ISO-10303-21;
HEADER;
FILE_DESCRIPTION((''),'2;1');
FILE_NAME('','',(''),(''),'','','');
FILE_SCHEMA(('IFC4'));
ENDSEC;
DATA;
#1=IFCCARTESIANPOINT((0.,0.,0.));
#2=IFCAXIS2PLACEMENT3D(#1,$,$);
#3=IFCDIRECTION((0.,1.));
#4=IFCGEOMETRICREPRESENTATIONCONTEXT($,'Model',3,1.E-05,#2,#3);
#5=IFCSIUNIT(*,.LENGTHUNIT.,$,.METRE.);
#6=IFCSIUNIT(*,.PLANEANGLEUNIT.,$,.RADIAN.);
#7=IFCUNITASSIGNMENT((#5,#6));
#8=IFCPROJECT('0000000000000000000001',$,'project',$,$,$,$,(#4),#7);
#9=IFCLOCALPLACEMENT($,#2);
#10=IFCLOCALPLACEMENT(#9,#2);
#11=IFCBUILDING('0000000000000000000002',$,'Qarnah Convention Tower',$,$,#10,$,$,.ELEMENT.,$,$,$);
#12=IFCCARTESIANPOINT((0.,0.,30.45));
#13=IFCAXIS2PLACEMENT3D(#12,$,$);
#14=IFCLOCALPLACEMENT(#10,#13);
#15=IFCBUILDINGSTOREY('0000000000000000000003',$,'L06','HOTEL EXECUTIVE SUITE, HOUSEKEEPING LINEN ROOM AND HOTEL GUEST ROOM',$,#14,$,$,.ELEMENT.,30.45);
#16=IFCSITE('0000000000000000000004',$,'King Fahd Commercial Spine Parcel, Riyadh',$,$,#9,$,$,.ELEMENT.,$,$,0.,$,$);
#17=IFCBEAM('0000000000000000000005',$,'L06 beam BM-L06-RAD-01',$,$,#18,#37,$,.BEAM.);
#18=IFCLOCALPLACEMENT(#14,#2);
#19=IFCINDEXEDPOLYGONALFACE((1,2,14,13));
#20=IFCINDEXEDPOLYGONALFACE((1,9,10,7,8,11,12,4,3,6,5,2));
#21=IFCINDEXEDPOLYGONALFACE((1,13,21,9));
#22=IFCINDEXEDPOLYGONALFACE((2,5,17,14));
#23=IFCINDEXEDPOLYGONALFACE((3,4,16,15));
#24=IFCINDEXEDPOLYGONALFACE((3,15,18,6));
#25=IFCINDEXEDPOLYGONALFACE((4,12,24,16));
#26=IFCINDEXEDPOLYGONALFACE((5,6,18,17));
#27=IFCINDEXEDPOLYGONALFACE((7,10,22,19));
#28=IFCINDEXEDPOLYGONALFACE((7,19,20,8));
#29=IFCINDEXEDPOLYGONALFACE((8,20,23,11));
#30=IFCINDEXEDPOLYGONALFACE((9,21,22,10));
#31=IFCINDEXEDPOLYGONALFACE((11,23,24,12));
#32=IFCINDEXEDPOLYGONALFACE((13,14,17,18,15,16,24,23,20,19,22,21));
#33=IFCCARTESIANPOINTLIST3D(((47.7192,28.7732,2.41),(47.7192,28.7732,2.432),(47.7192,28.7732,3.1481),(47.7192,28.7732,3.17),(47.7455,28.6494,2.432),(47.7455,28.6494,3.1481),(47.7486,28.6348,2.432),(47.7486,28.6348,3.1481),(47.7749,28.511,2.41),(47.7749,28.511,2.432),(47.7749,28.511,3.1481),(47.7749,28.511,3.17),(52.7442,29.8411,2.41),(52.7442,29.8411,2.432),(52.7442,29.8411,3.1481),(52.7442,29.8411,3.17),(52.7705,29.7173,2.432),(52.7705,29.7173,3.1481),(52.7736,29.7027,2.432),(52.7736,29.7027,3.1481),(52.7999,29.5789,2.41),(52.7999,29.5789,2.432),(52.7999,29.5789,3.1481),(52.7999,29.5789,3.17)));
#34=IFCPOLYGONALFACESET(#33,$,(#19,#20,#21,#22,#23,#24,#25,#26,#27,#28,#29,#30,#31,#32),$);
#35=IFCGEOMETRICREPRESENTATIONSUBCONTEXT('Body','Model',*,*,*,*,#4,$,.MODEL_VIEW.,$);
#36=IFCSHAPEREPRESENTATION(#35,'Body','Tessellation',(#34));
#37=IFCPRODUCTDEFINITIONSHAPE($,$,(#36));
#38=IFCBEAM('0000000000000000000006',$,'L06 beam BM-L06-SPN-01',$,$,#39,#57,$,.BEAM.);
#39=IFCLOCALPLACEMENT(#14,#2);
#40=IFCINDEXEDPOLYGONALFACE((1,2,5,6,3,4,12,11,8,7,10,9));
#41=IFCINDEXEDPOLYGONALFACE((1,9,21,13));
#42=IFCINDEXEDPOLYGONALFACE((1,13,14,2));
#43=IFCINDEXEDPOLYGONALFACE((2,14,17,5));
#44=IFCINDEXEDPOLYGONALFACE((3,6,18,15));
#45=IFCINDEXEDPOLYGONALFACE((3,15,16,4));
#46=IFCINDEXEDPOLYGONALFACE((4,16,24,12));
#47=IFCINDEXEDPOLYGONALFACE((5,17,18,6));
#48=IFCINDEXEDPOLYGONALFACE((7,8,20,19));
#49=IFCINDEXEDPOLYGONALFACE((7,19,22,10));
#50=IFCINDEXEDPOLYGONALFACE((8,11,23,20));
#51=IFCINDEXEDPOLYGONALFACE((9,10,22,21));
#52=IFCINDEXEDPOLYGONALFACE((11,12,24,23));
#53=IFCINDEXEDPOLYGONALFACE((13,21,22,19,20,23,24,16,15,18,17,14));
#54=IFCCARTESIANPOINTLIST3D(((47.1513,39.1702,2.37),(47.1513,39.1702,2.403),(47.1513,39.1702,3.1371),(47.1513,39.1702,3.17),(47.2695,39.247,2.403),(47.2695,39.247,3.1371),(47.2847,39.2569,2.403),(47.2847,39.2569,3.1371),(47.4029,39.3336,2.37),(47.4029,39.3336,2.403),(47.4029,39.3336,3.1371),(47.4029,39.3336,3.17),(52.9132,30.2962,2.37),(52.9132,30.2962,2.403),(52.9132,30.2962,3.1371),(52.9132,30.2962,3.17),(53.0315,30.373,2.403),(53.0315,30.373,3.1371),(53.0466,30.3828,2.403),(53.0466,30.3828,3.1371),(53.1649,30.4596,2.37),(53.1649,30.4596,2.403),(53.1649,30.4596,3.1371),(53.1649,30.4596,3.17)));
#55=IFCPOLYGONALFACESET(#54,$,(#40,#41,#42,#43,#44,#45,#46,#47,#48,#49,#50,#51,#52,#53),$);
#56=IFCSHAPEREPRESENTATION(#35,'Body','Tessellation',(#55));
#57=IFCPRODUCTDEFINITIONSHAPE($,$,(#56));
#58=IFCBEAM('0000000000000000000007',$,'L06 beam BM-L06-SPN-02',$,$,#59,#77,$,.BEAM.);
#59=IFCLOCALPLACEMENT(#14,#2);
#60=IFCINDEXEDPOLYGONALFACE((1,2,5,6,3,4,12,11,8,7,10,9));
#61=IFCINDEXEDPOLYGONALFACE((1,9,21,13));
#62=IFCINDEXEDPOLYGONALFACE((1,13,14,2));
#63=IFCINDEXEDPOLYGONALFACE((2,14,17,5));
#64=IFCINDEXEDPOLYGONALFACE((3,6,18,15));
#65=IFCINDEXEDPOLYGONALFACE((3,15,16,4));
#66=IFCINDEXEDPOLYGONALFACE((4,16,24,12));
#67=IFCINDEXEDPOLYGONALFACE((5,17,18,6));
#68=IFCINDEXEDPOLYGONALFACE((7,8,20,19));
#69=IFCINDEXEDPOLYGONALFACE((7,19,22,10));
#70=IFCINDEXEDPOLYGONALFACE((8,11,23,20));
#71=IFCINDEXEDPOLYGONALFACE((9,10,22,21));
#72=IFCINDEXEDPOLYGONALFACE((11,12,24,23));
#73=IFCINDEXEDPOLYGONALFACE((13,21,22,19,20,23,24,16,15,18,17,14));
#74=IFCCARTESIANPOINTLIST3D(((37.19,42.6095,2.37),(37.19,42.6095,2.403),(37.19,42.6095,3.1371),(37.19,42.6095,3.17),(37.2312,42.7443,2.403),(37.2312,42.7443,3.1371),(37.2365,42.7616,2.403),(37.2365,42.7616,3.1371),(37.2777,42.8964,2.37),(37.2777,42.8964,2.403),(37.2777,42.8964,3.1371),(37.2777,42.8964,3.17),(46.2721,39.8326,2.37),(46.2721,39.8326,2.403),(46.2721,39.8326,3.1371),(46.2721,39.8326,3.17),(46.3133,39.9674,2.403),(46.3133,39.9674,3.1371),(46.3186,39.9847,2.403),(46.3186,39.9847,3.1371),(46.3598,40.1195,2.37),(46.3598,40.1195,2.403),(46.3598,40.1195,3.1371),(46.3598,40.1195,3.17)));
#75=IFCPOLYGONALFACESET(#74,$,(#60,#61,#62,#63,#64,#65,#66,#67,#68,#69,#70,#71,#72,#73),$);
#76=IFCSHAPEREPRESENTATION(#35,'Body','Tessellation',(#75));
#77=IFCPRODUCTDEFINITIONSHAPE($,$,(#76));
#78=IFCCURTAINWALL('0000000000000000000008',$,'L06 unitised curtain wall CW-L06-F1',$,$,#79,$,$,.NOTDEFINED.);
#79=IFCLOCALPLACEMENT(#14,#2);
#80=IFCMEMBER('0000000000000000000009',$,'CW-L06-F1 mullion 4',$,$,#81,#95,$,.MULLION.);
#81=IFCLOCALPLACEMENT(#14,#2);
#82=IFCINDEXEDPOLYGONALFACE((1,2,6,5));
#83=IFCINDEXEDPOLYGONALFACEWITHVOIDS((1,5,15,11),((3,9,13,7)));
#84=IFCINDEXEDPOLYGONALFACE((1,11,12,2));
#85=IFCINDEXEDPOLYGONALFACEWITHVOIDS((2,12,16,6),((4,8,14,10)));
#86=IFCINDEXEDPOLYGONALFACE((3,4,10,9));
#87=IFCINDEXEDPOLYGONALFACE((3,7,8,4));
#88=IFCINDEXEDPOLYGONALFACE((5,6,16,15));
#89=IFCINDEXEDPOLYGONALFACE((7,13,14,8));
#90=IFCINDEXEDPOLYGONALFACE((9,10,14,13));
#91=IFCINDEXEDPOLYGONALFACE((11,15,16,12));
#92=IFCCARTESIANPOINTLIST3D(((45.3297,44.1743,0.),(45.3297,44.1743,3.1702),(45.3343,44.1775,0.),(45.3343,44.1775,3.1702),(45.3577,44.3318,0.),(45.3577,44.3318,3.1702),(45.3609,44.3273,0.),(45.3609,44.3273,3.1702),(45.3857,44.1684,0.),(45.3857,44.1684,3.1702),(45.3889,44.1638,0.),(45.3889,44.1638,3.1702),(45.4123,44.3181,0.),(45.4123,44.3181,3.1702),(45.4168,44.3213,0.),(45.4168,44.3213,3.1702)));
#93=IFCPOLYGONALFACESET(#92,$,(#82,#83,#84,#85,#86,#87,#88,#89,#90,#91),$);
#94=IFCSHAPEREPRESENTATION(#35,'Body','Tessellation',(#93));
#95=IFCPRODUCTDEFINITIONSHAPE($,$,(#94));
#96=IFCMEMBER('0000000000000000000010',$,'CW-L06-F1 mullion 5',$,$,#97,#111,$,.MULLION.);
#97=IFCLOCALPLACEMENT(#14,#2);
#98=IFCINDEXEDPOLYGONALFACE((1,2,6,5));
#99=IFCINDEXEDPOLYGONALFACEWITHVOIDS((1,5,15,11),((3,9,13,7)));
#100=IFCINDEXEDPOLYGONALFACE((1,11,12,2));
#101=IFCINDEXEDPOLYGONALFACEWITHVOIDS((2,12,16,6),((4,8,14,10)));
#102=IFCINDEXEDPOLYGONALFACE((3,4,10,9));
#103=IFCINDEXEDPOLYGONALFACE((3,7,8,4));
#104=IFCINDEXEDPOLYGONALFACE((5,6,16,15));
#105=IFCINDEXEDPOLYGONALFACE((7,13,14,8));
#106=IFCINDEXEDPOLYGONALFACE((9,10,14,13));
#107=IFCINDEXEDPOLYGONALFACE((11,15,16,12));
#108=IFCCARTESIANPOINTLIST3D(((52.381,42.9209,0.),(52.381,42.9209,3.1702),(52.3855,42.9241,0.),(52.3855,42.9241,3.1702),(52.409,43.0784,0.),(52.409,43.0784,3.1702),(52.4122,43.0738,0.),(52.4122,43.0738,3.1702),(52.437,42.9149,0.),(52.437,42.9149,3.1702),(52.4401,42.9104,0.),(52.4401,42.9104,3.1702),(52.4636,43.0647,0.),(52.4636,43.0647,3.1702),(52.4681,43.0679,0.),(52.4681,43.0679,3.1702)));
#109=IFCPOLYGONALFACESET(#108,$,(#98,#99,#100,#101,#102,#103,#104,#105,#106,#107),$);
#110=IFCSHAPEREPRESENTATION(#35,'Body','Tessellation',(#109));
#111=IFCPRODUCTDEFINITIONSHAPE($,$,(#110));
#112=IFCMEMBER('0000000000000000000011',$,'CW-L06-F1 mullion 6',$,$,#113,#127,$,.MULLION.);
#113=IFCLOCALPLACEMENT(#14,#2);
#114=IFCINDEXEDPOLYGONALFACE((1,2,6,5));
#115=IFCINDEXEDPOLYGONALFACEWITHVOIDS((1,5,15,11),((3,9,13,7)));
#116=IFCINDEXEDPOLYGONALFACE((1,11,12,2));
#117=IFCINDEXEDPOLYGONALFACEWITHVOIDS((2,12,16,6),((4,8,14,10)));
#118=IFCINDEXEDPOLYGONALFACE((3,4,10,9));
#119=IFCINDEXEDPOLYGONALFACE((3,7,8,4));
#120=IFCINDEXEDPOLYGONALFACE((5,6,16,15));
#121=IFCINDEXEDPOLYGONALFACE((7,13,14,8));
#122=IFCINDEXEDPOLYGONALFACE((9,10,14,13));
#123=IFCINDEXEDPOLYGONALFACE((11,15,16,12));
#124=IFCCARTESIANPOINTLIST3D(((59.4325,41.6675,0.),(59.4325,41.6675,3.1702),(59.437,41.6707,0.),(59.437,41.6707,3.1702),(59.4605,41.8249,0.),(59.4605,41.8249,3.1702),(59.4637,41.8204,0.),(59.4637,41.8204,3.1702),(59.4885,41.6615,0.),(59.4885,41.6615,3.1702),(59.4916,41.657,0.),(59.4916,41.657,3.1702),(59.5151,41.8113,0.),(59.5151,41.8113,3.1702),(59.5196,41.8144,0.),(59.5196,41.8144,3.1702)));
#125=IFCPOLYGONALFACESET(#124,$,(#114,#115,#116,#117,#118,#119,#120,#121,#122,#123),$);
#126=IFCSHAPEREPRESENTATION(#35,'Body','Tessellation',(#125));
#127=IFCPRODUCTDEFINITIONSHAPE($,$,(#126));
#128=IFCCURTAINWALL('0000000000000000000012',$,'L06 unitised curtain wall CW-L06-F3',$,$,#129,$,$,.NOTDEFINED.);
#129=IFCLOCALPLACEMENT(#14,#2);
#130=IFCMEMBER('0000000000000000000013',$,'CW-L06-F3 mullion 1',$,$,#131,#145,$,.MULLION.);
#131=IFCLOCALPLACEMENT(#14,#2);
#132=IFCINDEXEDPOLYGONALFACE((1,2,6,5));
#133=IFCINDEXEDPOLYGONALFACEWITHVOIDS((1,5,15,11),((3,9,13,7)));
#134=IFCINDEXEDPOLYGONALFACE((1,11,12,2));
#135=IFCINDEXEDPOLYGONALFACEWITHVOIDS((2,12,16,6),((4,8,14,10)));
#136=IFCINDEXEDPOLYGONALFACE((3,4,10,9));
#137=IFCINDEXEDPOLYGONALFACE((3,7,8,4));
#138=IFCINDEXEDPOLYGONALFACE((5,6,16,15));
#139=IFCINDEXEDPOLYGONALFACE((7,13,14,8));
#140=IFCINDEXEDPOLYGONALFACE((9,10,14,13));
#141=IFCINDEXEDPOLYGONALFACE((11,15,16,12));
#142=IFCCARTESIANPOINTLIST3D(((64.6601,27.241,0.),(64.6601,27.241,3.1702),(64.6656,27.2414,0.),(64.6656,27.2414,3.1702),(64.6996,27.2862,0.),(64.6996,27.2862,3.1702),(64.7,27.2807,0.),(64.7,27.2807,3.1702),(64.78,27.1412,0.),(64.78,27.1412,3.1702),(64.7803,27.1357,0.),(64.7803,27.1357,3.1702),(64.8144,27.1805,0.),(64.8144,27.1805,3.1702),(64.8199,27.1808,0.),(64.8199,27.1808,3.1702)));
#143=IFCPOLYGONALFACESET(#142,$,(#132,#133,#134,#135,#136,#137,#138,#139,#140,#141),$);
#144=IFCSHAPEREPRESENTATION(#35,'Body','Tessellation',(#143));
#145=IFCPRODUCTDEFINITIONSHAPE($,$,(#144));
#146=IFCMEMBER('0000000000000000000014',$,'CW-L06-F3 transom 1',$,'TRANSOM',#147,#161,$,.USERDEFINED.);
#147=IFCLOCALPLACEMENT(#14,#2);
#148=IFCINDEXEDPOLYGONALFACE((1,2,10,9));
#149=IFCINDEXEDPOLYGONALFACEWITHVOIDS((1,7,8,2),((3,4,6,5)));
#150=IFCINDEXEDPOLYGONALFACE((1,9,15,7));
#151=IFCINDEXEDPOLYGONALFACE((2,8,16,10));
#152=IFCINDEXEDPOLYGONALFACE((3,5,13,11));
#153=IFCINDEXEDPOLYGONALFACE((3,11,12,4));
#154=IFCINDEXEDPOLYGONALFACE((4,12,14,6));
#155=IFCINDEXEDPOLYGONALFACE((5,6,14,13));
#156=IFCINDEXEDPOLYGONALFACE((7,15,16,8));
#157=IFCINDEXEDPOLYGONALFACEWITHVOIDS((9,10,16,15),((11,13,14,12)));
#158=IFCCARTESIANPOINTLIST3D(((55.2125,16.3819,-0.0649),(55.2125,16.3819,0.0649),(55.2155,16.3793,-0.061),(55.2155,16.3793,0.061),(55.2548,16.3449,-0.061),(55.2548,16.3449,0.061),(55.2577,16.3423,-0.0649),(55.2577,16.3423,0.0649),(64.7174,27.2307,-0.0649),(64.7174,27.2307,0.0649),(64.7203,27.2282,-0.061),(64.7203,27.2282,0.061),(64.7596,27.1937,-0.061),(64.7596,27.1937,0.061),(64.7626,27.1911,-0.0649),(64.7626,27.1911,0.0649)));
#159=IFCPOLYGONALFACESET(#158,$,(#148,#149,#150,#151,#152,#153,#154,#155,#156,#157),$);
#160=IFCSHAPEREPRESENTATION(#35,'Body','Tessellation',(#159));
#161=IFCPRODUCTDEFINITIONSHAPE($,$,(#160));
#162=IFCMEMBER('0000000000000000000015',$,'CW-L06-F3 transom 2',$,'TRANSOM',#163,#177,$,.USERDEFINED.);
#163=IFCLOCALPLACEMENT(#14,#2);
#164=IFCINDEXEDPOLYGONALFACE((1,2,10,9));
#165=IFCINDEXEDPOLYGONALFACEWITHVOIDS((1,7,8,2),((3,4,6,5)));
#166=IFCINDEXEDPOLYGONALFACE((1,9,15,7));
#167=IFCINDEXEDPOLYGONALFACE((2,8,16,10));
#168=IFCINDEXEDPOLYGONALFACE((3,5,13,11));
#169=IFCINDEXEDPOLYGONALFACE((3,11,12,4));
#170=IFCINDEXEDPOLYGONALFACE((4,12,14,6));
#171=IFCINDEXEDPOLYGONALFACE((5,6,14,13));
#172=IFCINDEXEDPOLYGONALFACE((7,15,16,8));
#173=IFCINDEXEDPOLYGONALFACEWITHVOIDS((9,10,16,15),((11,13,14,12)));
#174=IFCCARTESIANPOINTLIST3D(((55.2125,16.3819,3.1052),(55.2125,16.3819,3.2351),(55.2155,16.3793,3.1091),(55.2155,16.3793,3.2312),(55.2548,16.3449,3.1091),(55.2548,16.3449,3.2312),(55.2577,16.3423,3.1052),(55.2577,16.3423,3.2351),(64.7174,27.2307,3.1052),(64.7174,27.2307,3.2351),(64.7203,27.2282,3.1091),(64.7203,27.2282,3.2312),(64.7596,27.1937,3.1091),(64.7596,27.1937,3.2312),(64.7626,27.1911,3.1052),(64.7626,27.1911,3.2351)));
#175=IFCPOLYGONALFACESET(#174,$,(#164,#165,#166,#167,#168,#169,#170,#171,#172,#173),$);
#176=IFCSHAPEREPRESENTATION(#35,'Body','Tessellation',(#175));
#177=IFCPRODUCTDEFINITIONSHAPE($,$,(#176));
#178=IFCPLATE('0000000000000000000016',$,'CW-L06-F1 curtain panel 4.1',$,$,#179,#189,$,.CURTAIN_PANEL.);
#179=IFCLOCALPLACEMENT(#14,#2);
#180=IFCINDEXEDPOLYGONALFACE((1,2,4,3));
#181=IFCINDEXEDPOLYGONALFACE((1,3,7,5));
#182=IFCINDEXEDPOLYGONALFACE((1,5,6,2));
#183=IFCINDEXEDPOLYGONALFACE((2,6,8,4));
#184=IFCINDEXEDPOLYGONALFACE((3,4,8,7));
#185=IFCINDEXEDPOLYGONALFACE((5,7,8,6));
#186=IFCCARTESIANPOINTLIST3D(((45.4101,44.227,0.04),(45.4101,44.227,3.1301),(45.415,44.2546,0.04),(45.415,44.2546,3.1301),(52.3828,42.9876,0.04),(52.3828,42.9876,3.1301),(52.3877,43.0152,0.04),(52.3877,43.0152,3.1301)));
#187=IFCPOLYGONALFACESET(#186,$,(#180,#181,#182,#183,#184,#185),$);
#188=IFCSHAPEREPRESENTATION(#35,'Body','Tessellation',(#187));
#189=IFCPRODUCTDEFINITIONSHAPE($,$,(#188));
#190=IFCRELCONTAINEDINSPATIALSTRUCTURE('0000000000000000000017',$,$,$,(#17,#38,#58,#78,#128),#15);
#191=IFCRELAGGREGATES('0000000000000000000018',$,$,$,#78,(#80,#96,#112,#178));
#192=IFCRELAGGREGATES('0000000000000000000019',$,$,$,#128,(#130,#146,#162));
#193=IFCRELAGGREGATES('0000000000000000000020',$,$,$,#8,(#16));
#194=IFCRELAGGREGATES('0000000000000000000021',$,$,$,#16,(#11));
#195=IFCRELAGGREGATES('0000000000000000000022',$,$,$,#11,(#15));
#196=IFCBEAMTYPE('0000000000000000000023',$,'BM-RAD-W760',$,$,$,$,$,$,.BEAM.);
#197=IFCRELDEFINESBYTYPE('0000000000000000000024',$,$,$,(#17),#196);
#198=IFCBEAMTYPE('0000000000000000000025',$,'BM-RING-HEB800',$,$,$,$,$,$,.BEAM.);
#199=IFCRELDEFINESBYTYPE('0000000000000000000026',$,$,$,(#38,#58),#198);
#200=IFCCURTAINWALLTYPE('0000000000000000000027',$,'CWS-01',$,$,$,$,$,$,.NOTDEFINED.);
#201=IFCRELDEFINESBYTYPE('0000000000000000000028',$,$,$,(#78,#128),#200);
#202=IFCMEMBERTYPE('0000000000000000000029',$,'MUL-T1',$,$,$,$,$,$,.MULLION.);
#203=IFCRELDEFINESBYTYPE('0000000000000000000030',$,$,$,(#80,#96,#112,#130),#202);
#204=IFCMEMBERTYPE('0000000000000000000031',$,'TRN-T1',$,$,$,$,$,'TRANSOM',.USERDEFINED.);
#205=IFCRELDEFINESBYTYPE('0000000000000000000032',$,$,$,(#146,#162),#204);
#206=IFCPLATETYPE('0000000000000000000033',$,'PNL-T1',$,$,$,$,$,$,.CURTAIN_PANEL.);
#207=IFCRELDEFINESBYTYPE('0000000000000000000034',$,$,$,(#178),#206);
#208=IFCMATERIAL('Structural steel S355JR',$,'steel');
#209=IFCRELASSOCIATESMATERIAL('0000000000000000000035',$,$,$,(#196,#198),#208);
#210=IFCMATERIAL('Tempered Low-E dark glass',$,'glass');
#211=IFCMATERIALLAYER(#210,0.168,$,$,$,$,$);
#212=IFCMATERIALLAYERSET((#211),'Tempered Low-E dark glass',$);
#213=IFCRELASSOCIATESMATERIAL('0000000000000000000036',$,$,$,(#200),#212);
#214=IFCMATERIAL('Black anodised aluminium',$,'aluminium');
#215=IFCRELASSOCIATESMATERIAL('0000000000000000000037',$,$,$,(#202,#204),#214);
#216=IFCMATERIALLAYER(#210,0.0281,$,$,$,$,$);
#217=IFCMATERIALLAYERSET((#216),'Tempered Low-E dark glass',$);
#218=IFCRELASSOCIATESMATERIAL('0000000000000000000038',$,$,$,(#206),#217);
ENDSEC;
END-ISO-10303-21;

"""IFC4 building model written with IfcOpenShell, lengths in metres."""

from ifc_helpers import new_model, si_unit, direction, frame, origin, origin_2d, place, context, subcontext, project, spatial, rectangle, hollow_rectangle, i_section, extrude, material, layer, layer_set, material_profile, profile_set, type_object, element, aggregate, save


model = new_model("IFC4")

# Units and contexts
model_context = context("Model", 3, precision=1e-05, world=origin(), true_north=direction((0.0, 1.0)))
body_context = subcontext(model_context, "Body", "Model", "MODEL_VIEW")
ifc_project = project(units=[si_unit("LENGTHUNIT", "METRE"), si_unit("PLANEANGLEUNIT", "RADIAN")], contexts=[model_context])

# Site, building, storey
site_placement = place(None, origin())
site = spatial("IfcSite", under=ifc_project, at=site_placement, Name="King Fahd Commercial Spine Parcel, Riyadh", CompositionType="ELEMENT", RefElevation=0.0)
building_placement = place(site_placement, origin())
building = spatial("IfcBuilding", under=site, at=building_placement, Name="Qarnah Convention Tower", CompositionType="ELEMENT")
storey_placement = place(building_placement, frame((0.0, 0.0, 30.45)))
storey = spatial("IfcBuildingStorey", under=building, at=storey_placement, Name="L06", Description="HOTEL EXECUTIVE SUITE, HOUSEKEEPING LINEN ROOM AND HOTEL GUEST ROOM", CompositionType="ELEMENT", Elevation=30.45)

# Beams
ifc_material_1 = material(Name="Structural steel S355JR", Category="steel")
ifc_material_profile_1 = material_profile(ifc_material_1, i_section(OverallWidth=0.2681, OverallDepth=0.76, WebThickness=0.0149, FlangeThickness=0.022, at=origin_2d()), Name="W760X185")
ifc_profile_set_1 = profile_set([ifc_material_profile_1], Name="Structural steel S355JR")
beam_type_1 = type_object("IfcBeamType", Name="BM-RAD-W760", PredefinedType="BEAM", material=ifc_profile_set_1)
beam_1_placement = place(storey_placement, frame((47.7471, 28.6421, 2.79), z_axis=(0.978156, 0.207874, 0.0), x_axis=(-0.207874, 0.978156, 0.0)))
element("IfcBeam", 1, at=beam_1_placement, inside=storey, type_object=beam_type_1, Name="L06 beam BM-L06-RAD-01", PredefinedType="BEAM", context=body_context, shape_type="SweptSolid", body=[
    extrude(i_section(OverallWidth=0.2681, OverallDepth=0.76, WebThickness=0.0149, FlangeThickness=0.022, at=origin_2d()), origin(), (0.0, 0.0, 1.0), 5.1372),
])
ifc_material_profile_2 = material_profile(ifc_material_1, i_section(OverallWidth=0.3, OverallDepth=0.8, WebThickness=0.0181, FlangeThickness=0.033, at=origin_2d()), Name="HEB800")
ifc_profile_set_2 = profile_set([ifc_material_profile_2], Name="Structural steel S355JR")
beam_type_2 = type_object("IfcBeamType", Name="BM-RING-HEB800", PredefinedType="BEAM", material=ifc_profile_set_2)
beam_2_placement = place(storey_placement, frame((53.0391, 30.3779, 2.77), z_axis=(-0.54458, 0.838709, 0.0), x_axis=(-0.838709, -0.54458, 0.0)))
element("IfcBeam", 2, at=beam_2_placement, inside=storey, type_object=beam_type_2, Name="L06 beam BM-L06-SPN-01", PredefinedType="BEAM", context=body_context, shape_type="SweptSolid", body=[
    extrude(i_section(OverallWidth=0.3, OverallDepth=0.8, WebThickness=0.0181, FlangeThickness=0.033, at=origin_2d()), origin(), (0.0, 0.0, 1.0), 10.5806),
])
beam_3_placement = place(storey_placement, frame((46.3159, 39.9761, 2.77), z_axis=(-0.956299, 0.292391, 0.0), x_axis=(-0.292391, -0.956299, 0.0)))
element("IfcBeam", 3, at=beam_3_placement, inside=storey, type_object=beam_type_2, Name="L06 beam BM-L06-SPN-02", PredefinedType="BEAM", context=body_context, shape_type="SweptSolid", body=[
    extrude(i_section(OverallWidth=0.3, OverallDepth=0.8, WebThickness=0.0181, FlangeThickness=0.033, at=origin_2d()), origin(), (0.0, 0.0, 1.0), 9.4971),
])

# Curtain walls, members
ifc_material_2 = material(Name="Tempered Low-E dark glass", Category="glass")
ifc_layer_1 = layer(ifc_material_2, 0.168)
ifc_layer_set_1 = layer_set([ifc_layer_1], Name="Tempered Low-E dark glass")
curtain_wall_type = type_object("IfcCurtainWallType", Name="CWS-01", PredefinedType="NOTDEFINED", material=ifc_layer_set_1)
curtain_wall_1_placement = place(storey_placement, origin())
curtain_wall_1 = element("IfcCurtainWall", 4, at=curtain_wall_1_placement, inside=storey, type_object=curtain_wall_type, Name="L06 unitised curtain wall CW-L06-F1", PredefinedType="NOTDEFINED")
ifc_material_3 = material(Name="Black anodised aluminium", Category="aluminium")
ifc_material_profile_3 = material_profile(ifc_material_3, hollow_rectangle(XDim=0.0601, YDim=0.1599, WallThickness=0.0039, at=origin_2d()), Name="MUL-60X160")
ifc_profile_set_3 = profile_set([ifc_material_profile_3], Name="Black anodised aluminium")
member_type_1 = type_object("IfcMemberType", Name="MUL-T1", PredefinedType="MULLION", material=ifc_profile_set_3)
member_1_placement = place(storey_placement, frame((45.3733, 44.2478, 0.0), z_axis=(0.0, 0.0, 1.0), x_axis=(0.984567, -0.175009, 0.0)))
member_1 = element("IfcMember", 5, at=member_1_placement, type_object=member_type_1, Name="CW-L06-F1 mullion 4", PredefinedType="MULLION", context=body_context, shape_type="SweptSolid", body=[
    extrude(hollow_rectangle(XDim=0.0601, YDim=0.1599, WallThickness=0.0039, at=origin_2d()), origin(), (0.0, 0.0, 1.0), 3.1702),
])
member_2_placement = place(storey_placement, frame((52.4246, 42.9944, 0.0), z_axis=(0.0, 0.0, 1.0), x_axis=(0.984567, -0.175009, 0.0)))
member_2 = element("IfcMember", 6, at=member_2_placement, type_object=member_type_1, Name="CW-L06-F1 mullion 5", PredefinedType="MULLION", context=body_context, shape_type="SweptSolid", body=[
    extrude(hollow_rectangle(XDim=0.0601, YDim=0.1599, WallThickness=0.0039, at=origin_2d()), origin(), (0.0, 0.0, 1.0), 3.1702),
])
member_3_placement = place(storey_placement, frame((59.4761, 41.741, 0.0), z_axis=(0.0, 0.0, 1.0), x_axis=(0.984567, -0.175009, 0.0)))
member_3 = element("IfcMember", 7, at=member_3_placement, type_object=member_type_1, Name="CW-L06-F1 mullion 6", PredefinedType="MULLION", context=body_context, shape_type="SweptSolid", body=[
    extrude(hollow_rectangle(XDim=0.0601, YDim=0.1599, WallThickness=0.0039, at=origin_2d()), origin(), (0.0, 0.0, 1.0), 3.1702),
])
curtain_wall_2_placement = place(storey_placement, origin())
curtain_wall_2 = element("IfcCurtainWall", 8, at=curtain_wall_2_placement, inside=storey, type_object=curtain_wall_type, Name="L06 unitised curtain wall CW-L06-F3", PredefinedType="NOTDEFINED")
member_4_placement = place(storey_placement, frame((64.74, 27.2109, 0.0), z_axis=(0.0, 0.0, 1.0), x_axis=(-0.658981, -0.75216, 0.0)))
member_4 = element("IfcMember", 9, at=member_4_placement, type_object=member_type_1, Name="CW-L06-F3 mullion 1", PredefinedType="MULLION", context=body_context, shape_type="SweptSolid", body=[
    extrude(hollow_rectangle(XDim=0.0601, YDim=0.1599, WallThickness=0.0039, at=origin_2d()), origin(), (0.0, 0.0, 1.0), 3.1702),
])
ifc_material_profile_4 = material_profile(ifc_material_3, hollow_rectangle(XDim=0.0601, YDim=0.1299, WallThickness=0.0039, at=origin_2d()), Name="TRN-60X130")
ifc_profile_set_4 = profile_set([ifc_material_profile_4], Name="Black anodised aluminium")
member_type_2 = type_object("IfcMemberType", Name="TRN-T1", ElementType="TRANSOM", PredefinedType="USERDEFINED", material=ifc_profile_set_4)
member_5_placement = place(storey_placement, frame((64.74, 27.2109, 0.0), z_axis=(-0.65898, -0.75216, 0.0), x_axis=(0.75216, -0.65898, 0.0)))
member_5 = element("IfcMember", 10, at=member_5_placement, type_object=member_type_2, Name="CW-L06-F3 transom 1", ObjectType="TRANSOM", PredefinedType="USERDEFINED", context=body_context, shape_type="SweptSolid", body=[
    extrude(hollow_rectangle(XDim=0.0601, YDim=0.1299, WallThickness=0.0039, at=origin_2d()), origin(), (0.0, 0.0, 1.0), 14.4236),
])
member_6_placement = place(storey_placement, frame((64.74, 27.2109, 3.1702), z_axis=(-0.65898, -0.75216, 0.0), x_axis=(0.75216, -0.65898, 0.0)))
member_6 = element("IfcMember", 11, at=member_6_placement, type_object=member_type_2, Name="CW-L06-F3 transom 2", ObjectType="TRANSOM", PredefinedType="USERDEFINED", context=body_context, shape_type="SweptSolid", body=[
    extrude(hollow_rectangle(XDim=0.0601, YDim=0.1299, WallThickness=0.0039, at=origin_2d()), origin(), (0.0, 0.0, 1.0), 14.4236),
])

# Plate
ifc_layer_2 = layer(ifc_material_2, 0.0281)
ifc_layer_set_2 = layer_set([ifc_layer_2], Name="Tempered Low-E dark glass")
plate_type_1 = type_object("IfcPlateType", Name="PNL-T1", PredefinedType="CURTAIN_PANEL", material=ifc_layer_set_2)
plate_1_placement = place(storey_placement, frame((48.8989, 43.6211, 0.04), z_axis=(0.0, 0.0, 1.0), x_axis=(0.984567, -0.175009, 0.0)))
plate_1 = element("IfcPlate", 12, at=plate_1_placement, type_object=plate_type_1, Name="CW-L06-F1 curtain panel 4.1", PredefinedType="CURTAIN_PANEL", context=body_context, shape_type="SweptSolid", body=[
    extrude(rectangle(XDim=7.082, YDim=0.0281, at=origin_2d()), origin(), (0.0, 0.0, 1.0), 3.0901),
])
aggregate(curtain_wall_1, [member_1, member_2, member_3, plate_1])
aggregate(curtain_wall_2, [member_4, member_5, member_6])

save(model, "model.ifc")
